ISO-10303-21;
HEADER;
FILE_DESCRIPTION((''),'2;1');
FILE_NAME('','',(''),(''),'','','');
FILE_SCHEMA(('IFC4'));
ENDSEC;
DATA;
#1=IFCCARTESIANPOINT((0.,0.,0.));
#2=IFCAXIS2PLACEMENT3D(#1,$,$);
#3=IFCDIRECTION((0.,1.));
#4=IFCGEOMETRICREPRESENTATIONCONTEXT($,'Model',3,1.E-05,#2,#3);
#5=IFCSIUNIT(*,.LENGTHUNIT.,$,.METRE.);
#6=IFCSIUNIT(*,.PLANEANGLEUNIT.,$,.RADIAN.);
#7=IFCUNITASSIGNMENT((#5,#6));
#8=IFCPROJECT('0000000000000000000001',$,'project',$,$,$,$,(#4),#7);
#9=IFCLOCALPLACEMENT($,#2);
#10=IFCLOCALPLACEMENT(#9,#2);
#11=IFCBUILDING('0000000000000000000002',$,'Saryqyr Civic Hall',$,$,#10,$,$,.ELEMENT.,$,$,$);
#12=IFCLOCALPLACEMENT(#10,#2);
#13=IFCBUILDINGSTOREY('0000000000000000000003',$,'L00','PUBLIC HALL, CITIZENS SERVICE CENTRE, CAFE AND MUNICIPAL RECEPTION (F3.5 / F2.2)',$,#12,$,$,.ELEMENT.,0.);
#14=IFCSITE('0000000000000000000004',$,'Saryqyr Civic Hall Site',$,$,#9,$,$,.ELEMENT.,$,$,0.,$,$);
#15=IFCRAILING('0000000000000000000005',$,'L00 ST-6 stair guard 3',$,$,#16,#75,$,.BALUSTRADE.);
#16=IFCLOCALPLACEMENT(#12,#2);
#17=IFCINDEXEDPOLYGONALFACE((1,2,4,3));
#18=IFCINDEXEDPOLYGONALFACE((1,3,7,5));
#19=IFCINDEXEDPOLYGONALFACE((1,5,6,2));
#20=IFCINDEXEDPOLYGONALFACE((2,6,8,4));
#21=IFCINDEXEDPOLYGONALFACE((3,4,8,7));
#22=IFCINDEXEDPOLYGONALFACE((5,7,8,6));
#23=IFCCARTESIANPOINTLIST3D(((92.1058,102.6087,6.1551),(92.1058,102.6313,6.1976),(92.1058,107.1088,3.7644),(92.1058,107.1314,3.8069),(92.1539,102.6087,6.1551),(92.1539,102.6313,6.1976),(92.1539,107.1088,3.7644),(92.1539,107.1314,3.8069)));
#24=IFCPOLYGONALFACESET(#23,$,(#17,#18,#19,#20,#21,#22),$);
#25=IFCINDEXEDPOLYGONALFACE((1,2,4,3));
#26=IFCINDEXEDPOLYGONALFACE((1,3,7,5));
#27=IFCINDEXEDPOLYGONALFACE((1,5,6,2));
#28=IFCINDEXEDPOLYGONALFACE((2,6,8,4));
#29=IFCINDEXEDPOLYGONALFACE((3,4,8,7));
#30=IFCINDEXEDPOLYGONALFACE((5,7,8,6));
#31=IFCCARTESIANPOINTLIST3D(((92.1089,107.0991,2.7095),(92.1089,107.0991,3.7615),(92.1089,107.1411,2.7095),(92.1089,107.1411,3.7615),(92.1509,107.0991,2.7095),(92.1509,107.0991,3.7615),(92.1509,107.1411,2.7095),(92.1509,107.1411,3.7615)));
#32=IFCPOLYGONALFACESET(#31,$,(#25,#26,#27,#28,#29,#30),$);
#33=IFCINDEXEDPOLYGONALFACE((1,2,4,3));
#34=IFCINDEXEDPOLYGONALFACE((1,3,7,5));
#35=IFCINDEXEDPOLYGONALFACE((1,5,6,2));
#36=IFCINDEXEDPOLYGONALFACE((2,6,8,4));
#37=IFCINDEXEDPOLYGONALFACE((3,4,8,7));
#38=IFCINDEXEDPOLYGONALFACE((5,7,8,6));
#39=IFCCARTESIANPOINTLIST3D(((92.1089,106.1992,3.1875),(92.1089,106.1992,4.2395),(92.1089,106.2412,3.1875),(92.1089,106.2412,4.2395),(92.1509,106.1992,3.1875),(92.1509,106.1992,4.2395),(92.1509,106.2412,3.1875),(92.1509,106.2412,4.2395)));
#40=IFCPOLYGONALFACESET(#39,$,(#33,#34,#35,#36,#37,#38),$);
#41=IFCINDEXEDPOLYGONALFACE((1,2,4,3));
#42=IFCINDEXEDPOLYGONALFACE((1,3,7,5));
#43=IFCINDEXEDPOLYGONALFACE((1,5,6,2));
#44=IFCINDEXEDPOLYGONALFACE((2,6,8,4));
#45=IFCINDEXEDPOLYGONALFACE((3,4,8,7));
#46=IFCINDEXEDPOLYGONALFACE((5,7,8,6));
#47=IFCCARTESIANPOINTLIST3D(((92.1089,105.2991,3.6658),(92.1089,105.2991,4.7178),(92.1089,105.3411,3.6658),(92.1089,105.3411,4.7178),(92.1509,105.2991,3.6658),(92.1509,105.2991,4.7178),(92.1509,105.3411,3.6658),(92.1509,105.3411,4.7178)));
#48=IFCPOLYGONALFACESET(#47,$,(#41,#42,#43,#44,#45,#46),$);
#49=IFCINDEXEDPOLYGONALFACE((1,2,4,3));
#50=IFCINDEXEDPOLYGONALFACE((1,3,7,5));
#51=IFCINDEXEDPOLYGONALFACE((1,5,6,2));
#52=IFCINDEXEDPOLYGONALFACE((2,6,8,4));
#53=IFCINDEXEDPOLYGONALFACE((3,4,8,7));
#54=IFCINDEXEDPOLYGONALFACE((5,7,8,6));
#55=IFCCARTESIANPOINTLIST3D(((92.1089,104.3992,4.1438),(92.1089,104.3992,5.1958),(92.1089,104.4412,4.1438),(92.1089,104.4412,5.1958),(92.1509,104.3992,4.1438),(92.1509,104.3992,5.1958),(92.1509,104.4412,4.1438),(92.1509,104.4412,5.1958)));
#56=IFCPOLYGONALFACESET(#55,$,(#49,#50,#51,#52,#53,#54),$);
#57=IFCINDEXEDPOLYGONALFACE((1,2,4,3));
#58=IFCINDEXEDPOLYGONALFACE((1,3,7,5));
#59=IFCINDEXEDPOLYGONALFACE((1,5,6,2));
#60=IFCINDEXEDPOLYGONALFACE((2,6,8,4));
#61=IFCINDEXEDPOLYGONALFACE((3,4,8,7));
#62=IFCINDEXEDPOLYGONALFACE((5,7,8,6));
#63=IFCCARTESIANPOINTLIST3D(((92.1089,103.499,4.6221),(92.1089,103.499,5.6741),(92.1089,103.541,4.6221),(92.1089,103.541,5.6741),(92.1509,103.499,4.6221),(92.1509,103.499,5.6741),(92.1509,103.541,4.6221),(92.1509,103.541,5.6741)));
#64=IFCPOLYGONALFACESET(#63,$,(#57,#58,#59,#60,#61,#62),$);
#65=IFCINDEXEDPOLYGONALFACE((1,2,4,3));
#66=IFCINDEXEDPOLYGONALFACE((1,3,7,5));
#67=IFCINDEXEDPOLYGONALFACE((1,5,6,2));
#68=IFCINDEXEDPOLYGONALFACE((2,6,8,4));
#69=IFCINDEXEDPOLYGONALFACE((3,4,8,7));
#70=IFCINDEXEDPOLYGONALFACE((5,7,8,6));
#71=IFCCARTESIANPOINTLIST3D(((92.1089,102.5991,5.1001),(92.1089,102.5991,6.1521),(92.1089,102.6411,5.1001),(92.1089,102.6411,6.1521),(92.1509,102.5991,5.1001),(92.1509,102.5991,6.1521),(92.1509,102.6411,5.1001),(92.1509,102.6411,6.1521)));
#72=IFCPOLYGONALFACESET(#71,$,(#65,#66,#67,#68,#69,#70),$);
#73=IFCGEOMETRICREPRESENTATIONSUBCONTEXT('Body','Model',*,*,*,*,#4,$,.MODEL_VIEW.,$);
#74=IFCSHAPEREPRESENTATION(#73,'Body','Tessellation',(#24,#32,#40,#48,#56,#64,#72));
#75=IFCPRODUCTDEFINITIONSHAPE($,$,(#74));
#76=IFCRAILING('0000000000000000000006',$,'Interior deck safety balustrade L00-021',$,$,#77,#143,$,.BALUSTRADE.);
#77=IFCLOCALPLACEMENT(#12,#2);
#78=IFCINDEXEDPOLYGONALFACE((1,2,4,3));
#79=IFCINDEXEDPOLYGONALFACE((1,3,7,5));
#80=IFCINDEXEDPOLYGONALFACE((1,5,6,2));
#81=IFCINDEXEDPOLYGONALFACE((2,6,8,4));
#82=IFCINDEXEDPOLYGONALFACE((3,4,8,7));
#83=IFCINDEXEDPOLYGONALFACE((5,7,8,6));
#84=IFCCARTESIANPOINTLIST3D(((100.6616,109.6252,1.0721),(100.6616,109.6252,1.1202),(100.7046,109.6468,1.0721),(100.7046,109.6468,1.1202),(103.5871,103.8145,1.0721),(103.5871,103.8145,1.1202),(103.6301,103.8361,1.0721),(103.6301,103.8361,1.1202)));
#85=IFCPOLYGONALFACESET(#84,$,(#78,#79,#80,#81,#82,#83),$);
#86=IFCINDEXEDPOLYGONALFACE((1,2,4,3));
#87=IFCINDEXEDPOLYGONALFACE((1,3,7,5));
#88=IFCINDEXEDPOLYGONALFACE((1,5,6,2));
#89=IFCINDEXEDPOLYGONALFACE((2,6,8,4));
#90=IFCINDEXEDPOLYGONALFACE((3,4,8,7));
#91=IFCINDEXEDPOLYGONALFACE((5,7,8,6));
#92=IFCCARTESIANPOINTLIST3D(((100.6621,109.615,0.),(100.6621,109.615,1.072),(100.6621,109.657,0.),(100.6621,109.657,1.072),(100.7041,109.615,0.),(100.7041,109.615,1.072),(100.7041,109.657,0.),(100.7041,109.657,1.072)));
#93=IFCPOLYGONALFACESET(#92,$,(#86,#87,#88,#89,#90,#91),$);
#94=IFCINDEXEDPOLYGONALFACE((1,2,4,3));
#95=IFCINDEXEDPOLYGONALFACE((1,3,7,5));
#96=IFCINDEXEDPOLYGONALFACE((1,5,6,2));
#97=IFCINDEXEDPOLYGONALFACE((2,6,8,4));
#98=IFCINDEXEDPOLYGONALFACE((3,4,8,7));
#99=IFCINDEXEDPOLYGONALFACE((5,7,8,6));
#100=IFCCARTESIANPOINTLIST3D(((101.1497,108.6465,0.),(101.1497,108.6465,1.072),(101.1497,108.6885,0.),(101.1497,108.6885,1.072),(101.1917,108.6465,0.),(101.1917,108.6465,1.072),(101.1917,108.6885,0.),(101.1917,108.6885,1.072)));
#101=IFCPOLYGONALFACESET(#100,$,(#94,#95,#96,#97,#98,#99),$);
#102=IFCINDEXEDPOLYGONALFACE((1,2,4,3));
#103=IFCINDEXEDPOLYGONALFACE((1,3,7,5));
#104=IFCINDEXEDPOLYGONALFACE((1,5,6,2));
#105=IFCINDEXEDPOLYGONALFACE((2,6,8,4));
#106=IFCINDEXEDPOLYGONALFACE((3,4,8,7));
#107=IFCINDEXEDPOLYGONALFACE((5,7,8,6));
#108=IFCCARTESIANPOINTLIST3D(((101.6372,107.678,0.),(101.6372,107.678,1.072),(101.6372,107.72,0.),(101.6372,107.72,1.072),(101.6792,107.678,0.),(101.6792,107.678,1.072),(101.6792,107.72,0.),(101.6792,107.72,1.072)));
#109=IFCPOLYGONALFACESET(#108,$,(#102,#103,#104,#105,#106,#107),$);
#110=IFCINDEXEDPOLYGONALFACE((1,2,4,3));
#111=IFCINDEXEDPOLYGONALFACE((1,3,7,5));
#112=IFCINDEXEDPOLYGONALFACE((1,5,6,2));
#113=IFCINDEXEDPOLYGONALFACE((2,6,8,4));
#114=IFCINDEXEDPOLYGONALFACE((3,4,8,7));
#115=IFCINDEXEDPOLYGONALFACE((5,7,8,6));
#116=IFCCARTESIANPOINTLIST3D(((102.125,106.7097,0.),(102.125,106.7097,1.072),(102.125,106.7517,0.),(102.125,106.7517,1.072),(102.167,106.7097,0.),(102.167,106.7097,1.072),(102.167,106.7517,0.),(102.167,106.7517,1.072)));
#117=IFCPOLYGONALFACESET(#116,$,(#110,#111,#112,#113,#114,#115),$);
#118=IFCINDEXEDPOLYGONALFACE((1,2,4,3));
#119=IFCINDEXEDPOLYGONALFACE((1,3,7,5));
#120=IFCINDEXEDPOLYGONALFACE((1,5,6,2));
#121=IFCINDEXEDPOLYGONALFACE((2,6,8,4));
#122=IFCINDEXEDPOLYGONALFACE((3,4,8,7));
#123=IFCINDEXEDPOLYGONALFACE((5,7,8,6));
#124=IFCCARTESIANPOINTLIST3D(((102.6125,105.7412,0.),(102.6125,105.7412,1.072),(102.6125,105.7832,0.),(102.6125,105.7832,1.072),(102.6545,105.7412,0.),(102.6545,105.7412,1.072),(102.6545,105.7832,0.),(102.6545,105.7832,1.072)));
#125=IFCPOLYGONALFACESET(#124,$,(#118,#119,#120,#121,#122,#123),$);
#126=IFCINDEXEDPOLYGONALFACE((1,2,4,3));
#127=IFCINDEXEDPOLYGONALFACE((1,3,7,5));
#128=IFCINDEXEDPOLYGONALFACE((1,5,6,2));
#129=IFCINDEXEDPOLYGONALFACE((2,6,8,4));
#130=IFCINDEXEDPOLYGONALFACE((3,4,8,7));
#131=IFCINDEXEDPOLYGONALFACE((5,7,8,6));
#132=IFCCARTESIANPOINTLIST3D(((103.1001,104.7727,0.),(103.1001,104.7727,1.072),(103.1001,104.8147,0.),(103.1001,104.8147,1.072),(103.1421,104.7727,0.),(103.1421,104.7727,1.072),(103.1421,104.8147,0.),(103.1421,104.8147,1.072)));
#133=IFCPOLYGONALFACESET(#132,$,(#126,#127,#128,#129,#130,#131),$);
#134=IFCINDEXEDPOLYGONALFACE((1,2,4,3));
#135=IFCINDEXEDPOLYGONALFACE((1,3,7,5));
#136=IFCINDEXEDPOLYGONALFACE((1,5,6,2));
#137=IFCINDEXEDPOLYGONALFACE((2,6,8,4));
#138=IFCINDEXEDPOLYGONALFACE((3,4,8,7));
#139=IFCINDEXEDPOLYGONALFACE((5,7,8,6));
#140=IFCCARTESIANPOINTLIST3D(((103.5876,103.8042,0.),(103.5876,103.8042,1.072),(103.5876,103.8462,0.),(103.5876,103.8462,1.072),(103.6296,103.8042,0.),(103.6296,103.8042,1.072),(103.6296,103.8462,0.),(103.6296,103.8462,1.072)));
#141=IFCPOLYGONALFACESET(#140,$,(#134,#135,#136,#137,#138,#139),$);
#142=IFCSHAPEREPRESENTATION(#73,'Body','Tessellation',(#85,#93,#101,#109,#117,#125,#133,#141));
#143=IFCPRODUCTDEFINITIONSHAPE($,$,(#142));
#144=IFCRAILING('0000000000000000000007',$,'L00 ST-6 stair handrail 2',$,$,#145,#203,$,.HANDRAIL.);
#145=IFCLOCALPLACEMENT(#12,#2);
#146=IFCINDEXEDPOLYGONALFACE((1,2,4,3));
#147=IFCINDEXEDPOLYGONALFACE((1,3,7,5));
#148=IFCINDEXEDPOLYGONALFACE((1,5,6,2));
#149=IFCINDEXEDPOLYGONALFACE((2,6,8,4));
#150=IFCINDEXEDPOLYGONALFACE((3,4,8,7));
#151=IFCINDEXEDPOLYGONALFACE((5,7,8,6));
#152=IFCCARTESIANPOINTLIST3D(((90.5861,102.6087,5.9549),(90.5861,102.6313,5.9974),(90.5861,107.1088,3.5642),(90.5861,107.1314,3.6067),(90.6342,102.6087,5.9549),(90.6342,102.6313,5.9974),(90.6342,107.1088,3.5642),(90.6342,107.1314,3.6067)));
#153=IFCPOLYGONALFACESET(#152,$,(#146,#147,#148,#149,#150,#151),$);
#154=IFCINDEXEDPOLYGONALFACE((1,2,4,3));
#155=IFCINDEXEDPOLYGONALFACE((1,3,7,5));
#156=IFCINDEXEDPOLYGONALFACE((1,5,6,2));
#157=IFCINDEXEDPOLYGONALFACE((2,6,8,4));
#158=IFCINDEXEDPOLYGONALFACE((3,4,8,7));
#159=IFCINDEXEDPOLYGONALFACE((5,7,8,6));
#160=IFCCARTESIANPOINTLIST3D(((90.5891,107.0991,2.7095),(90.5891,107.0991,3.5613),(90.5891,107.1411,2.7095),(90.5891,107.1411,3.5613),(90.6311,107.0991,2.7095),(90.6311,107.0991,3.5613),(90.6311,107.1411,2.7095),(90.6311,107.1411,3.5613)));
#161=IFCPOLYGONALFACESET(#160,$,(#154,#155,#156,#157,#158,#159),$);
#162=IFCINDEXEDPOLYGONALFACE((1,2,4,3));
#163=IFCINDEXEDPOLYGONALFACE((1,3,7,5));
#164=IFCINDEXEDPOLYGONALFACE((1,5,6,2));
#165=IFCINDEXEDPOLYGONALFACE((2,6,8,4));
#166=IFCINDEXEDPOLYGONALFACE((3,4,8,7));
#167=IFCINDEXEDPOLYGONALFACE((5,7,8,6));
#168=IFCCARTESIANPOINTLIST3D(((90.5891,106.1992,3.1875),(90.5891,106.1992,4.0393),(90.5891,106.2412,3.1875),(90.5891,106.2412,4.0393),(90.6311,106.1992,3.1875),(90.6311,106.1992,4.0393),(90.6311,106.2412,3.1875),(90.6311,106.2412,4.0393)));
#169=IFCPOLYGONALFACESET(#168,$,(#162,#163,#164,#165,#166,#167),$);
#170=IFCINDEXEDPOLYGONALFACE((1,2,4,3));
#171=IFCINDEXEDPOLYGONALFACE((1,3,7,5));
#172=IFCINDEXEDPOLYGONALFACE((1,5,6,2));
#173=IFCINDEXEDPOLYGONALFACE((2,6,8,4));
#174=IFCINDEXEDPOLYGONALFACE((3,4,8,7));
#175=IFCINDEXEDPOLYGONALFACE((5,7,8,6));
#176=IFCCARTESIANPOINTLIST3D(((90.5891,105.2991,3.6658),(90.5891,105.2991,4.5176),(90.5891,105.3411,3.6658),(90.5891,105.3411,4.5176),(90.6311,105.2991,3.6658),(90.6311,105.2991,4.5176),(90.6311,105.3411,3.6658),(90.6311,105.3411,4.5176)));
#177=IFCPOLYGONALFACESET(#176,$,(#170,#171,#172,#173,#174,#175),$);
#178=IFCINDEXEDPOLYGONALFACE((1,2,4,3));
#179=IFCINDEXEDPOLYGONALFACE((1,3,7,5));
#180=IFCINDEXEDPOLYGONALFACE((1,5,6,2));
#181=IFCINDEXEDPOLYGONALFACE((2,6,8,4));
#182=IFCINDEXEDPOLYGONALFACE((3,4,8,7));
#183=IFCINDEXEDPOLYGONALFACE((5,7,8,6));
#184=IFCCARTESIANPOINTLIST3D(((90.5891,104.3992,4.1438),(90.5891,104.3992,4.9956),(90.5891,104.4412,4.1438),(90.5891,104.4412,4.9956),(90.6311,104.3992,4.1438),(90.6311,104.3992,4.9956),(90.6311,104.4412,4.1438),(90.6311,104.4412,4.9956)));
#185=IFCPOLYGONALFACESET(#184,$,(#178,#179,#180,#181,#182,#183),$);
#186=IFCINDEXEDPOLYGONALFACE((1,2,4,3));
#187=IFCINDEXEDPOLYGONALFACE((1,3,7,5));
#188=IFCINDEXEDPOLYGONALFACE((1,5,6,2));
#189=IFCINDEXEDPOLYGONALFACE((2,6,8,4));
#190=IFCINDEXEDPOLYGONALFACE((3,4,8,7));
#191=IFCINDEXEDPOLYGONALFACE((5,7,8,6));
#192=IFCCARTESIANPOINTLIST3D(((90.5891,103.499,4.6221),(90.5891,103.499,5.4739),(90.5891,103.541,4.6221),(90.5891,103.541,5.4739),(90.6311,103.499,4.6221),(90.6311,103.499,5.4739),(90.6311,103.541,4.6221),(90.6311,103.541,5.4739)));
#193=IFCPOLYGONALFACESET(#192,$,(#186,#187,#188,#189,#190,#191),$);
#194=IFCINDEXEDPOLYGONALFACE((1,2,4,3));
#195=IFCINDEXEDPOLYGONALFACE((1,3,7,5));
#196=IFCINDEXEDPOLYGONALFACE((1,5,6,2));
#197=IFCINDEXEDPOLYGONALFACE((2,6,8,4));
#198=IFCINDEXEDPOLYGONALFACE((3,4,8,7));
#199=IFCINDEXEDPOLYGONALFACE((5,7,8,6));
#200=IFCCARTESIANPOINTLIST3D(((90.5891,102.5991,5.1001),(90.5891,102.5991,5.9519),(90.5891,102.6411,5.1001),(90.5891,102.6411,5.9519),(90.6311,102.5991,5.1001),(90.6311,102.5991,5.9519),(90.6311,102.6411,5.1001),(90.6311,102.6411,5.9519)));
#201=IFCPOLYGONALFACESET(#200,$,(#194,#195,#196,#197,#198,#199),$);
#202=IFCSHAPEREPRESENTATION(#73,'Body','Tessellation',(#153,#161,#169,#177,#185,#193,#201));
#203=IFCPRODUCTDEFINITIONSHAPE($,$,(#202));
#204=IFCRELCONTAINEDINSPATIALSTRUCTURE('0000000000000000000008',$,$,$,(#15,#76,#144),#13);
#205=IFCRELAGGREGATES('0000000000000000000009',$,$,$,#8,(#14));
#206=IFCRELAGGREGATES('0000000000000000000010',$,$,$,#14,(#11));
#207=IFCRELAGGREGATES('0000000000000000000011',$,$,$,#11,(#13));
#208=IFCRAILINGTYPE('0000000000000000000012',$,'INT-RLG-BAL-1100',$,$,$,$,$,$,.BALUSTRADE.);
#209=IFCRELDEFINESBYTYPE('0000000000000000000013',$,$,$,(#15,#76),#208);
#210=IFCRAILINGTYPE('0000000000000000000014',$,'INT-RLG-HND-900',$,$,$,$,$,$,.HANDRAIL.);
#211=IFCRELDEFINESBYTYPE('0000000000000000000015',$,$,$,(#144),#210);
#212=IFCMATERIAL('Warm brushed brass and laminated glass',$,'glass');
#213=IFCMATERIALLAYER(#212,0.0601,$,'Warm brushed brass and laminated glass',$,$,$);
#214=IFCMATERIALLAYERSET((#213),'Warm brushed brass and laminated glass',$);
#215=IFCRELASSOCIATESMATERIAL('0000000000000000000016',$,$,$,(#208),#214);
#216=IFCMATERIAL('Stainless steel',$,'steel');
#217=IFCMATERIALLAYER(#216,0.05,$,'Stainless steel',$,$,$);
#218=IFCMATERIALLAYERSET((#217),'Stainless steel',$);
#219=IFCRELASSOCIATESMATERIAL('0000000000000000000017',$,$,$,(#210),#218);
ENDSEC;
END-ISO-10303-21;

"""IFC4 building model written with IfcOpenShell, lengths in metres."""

from ifc_helpers import new_model, si_unit, direction, frame, origin, origin_2d, place, context, subcontext, project, spatial, rectangle, extrude, material, layer, layer_set, type_object, element, save


model = new_model("IFC4")

# Units and contexts
model_context = context("Model", 3, precision=1e-05, world=origin(), true_north=direction((0.0, 1.0)))
body_context = subcontext(model_context, "Body", "Model", "MODEL_VIEW")
ifc_project = project(units=[si_unit("LENGTHUNIT", "METRE"), si_unit("PLANEANGLEUNIT", "RADIAN")], contexts=[model_context])

# Site, building, storey
site_placement = place(None, origin())
site = spatial("IfcSite", under=ifc_project, at=site_placement, Name="Saryqyr Civic Hall Site", CompositionType="ELEMENT", RefElevation=0.0)
building_placement = place(site_placement, origin())
building = spatial("IfcBuilding", under=site, at=building_placement, Name="Saryqyr Civic Hall", CompositionType="ELEMENT")
storey_placement = place(building_placement, origin())
storey = spatial("IfcBuildingStorey", under=building, at=storey_placement, Name="L00", Description="PUBLIC HALL, CITIZENS SERVICE CENTRE, CAFE AND MUNICIPAL RECEPTION (F3.5 / F2.2)", CompositionType="ELEMENT", Elevation=0.0)

# Railings
ifc_material_1 = material(Name="Warm brushed brass and laminated glass", Category="glass")
ifc_layer_1 = layer(ifc_material_1, 0.0601, Name="Warm brushed brass and laminated glass")
ifc_layer_set_1 = layer_set([ifc_layer_1], Name="Warm brushed brass and laminated glass")
railing_type_1 = type_object("IfcRailingType", Name="INT-RLG-BAL-1100", PredefinedType="BALUSTRADE", material=ifc_layer_set_1)
railing_1_placement = place(storey_placement, frame((92.1299, 107.1201, 2.7095)))
element("IfcRailing", 1, at=railing_1_placement, inside=storey, type_object=railing_type_1, Name="L00 ST-6 stair guard 3", PredefinedType="BALUSTRADE", context=body_context, shape_type="SweptSolid", body=[
    extrude(rectangle(XDim=0.0481, YDim=0.0481, at=origin_2d()), frame((0.0, 0.0, 1.0762), z_axis=(0.0, -0.883116, 0.469155), x_axis=(1.0, 0.0, 0.0)), (0.0, 0.0, 1.0), 5.0957),
    extrude(rectangle(XDim=0.042, YDim=0.042, at=origin_2d()), origin(), (0.0, 0.0, 1.0), 1.052),
    extrude(rectangle(XDim=0.042, YDim=0.042, at=origin_2d()), frame((0.0, -0.8999, 0.478)), (0.0, 0.0, 1.0), 1.052),
    extrude(rectangle(XDim=0.042, YDim=0.042, at=origin_2d()), frame((0.0, -1.8, 0.9563)), (0.0, 0.0, 1.0), 1.052),
    extrude(rectangle(XDim=0.042, YDim=0.042, at=origin_2d()), frame((0.0, -2.7, 1.4343)), (0.0, 0.0, 1.0), 1.052),
    extrude(rectangle(XDim=0.042, YDim=0.042, at=origin_2d()), frame((0.0, -3.6001, 1.9126)), (0.0, 0.0, 1.0), 1.052),
    extrude(rectangle(XDim=0.042, YDim=0.042, at=origin_2d()), frame((0.0, -4.5, 2.3906)), (0.0, 0.0, 1.0), 1.052),
])
railing_2_placement = place(storey_placement, frame((100.6831, 109.636, 0.0)))
element("IfcRailing", 2, at=railing_2_placement, inside=storey, type_object=railing_type_1, Name="Interior deck safety balustrade L00-021", PredefinedType="BALUSTRADE", context=body_context, shape_type="SweptSolid", body=[
    extrude(rectangle(XDim=0.0481, YDim=0.0481, at=origin_2d()), frame((0.0, 0.0, 1.0962), z_axis=(0.449689, -0.893185, 0.0), x_axis=(0.893185, 0.449689, 0.0)), (0.0, 0.0, 1.0), 6.5056),
    extrude(rectangle(XDim=0.042, YDim=0.042, at=origin_2d()), origin(), (0.0, 0.0, 1.0), 1.072),
    extrude(rectangle(XDim=0.042, YDim=0.042, at=origin_2d()), frame((0.4875, -0.9685, 0.0)), (0.0, 0.0, 1.0), 1.072),
    extrude(rectangle(XDim=0.042, YDim=0.042, at=origin_2d()), frame((0.9751, -1.937, 0.0)), (0.0, 0.0, 1.0), 1.072),
    extrude(rectangle(XDim=0.042, YDim=0.042, at=origin_2d()), frame((1.4629, -2.9053, 0.0)), (0.0, 0.0, 1.0), 1.072),
    extrude(rectangle(XDim=0.042, YDim=0.042, at=origin_2d()), frame((1.9504, -3.8738, 0.0)), (0.0, 0.0, 1.0), 1.072),
    extrude(rectangle(XDim=0.042, YDim=0.042, at=origin_2d()), frame((2.438, -4.8423, 0.0)), (0.0, 0.0, 1.0), 1.072),
    extrude(rectangle(XDim=0.042, YDim=0.042, at=origin_2d()), frame((2.9255, -5.8108, 0.0)), (0.0, 0.0, 1.0), 1.072),
])
ifc_material_2 = material(Name="Stainless steel", Category="steel")
ifc_layer_2 = layer(ifc_material_2, 0.05, Name="Stainless steel")
ifc_layer_set_2 = layer_set([ifc_layer_2], Name="Stainless steel")
railing_type_2 = type_object("IfcRailingType", Name="INT-RLG-HND-900", PredefinedType="HANDRAIL", material=ifc_layer_set_2)
railing_3_placement = place(storey_placement, frame((90.6101, 107.1201, 2.7095)))
element("IfcRailing", 3, at=railing_3_placement, inside=storey, type_object=railing_type_2, Name="L00 ST-6 stair handrail 2", PredefinedType="HANDRAIL", context=body_context, shape_type="SweptSolid", body=[
    extrude(rectangle(XDim=0.0481, YDim=0.0481, at=origin_2d()), frame((0.0, 0.0, 0.876), z_axis=(0.0, -0.883116, 0.469155), x_axis=(1.0, 0.0, 0.0)), (0.0, 0.0, 1.0), 5.0957),
    extrude(rectangle(XDim=0.042, YDim=0.042, at=origin_2d()), origin(), (0.0, 0.0, 1.0), 0.8518),
    extrude(rectangle(XDim=0.042, YDim=0.042, at=origin_2d()), frame((0.0, -0.8999, 0.478)), (0.0, 0.0, 1.0), 0.8518),
    extrude(rectangle(XDim=0.042, YDim=0.042, at=origin_2d()), frame((0.0, -1.8, 0.9563)), (0.0, 0.0, 1.0), 0.8518),
    extrude(rectangle(XDim=0.042, YDim=0.042, at=origin_2d()), frame((0.0, -2.7, 1.4343)), (0.0, 0.0, 1.0), 0.8518),
    extrude(rectangle(XDim=0.042, YDim=0.042, at=origin_2d()), frame((0.0, -3.6001, 1.9126)), (0.0, 0.0, 1.0), 0.8518),
    extrude(rectangle(XDim=0.042, YDim=0.042, at=origin_2d()), frame((0.0, -4.5, 2.3906)), (0.0, 0.0, 1.0), 0.8518),
])

save(model, "model.ifc")
